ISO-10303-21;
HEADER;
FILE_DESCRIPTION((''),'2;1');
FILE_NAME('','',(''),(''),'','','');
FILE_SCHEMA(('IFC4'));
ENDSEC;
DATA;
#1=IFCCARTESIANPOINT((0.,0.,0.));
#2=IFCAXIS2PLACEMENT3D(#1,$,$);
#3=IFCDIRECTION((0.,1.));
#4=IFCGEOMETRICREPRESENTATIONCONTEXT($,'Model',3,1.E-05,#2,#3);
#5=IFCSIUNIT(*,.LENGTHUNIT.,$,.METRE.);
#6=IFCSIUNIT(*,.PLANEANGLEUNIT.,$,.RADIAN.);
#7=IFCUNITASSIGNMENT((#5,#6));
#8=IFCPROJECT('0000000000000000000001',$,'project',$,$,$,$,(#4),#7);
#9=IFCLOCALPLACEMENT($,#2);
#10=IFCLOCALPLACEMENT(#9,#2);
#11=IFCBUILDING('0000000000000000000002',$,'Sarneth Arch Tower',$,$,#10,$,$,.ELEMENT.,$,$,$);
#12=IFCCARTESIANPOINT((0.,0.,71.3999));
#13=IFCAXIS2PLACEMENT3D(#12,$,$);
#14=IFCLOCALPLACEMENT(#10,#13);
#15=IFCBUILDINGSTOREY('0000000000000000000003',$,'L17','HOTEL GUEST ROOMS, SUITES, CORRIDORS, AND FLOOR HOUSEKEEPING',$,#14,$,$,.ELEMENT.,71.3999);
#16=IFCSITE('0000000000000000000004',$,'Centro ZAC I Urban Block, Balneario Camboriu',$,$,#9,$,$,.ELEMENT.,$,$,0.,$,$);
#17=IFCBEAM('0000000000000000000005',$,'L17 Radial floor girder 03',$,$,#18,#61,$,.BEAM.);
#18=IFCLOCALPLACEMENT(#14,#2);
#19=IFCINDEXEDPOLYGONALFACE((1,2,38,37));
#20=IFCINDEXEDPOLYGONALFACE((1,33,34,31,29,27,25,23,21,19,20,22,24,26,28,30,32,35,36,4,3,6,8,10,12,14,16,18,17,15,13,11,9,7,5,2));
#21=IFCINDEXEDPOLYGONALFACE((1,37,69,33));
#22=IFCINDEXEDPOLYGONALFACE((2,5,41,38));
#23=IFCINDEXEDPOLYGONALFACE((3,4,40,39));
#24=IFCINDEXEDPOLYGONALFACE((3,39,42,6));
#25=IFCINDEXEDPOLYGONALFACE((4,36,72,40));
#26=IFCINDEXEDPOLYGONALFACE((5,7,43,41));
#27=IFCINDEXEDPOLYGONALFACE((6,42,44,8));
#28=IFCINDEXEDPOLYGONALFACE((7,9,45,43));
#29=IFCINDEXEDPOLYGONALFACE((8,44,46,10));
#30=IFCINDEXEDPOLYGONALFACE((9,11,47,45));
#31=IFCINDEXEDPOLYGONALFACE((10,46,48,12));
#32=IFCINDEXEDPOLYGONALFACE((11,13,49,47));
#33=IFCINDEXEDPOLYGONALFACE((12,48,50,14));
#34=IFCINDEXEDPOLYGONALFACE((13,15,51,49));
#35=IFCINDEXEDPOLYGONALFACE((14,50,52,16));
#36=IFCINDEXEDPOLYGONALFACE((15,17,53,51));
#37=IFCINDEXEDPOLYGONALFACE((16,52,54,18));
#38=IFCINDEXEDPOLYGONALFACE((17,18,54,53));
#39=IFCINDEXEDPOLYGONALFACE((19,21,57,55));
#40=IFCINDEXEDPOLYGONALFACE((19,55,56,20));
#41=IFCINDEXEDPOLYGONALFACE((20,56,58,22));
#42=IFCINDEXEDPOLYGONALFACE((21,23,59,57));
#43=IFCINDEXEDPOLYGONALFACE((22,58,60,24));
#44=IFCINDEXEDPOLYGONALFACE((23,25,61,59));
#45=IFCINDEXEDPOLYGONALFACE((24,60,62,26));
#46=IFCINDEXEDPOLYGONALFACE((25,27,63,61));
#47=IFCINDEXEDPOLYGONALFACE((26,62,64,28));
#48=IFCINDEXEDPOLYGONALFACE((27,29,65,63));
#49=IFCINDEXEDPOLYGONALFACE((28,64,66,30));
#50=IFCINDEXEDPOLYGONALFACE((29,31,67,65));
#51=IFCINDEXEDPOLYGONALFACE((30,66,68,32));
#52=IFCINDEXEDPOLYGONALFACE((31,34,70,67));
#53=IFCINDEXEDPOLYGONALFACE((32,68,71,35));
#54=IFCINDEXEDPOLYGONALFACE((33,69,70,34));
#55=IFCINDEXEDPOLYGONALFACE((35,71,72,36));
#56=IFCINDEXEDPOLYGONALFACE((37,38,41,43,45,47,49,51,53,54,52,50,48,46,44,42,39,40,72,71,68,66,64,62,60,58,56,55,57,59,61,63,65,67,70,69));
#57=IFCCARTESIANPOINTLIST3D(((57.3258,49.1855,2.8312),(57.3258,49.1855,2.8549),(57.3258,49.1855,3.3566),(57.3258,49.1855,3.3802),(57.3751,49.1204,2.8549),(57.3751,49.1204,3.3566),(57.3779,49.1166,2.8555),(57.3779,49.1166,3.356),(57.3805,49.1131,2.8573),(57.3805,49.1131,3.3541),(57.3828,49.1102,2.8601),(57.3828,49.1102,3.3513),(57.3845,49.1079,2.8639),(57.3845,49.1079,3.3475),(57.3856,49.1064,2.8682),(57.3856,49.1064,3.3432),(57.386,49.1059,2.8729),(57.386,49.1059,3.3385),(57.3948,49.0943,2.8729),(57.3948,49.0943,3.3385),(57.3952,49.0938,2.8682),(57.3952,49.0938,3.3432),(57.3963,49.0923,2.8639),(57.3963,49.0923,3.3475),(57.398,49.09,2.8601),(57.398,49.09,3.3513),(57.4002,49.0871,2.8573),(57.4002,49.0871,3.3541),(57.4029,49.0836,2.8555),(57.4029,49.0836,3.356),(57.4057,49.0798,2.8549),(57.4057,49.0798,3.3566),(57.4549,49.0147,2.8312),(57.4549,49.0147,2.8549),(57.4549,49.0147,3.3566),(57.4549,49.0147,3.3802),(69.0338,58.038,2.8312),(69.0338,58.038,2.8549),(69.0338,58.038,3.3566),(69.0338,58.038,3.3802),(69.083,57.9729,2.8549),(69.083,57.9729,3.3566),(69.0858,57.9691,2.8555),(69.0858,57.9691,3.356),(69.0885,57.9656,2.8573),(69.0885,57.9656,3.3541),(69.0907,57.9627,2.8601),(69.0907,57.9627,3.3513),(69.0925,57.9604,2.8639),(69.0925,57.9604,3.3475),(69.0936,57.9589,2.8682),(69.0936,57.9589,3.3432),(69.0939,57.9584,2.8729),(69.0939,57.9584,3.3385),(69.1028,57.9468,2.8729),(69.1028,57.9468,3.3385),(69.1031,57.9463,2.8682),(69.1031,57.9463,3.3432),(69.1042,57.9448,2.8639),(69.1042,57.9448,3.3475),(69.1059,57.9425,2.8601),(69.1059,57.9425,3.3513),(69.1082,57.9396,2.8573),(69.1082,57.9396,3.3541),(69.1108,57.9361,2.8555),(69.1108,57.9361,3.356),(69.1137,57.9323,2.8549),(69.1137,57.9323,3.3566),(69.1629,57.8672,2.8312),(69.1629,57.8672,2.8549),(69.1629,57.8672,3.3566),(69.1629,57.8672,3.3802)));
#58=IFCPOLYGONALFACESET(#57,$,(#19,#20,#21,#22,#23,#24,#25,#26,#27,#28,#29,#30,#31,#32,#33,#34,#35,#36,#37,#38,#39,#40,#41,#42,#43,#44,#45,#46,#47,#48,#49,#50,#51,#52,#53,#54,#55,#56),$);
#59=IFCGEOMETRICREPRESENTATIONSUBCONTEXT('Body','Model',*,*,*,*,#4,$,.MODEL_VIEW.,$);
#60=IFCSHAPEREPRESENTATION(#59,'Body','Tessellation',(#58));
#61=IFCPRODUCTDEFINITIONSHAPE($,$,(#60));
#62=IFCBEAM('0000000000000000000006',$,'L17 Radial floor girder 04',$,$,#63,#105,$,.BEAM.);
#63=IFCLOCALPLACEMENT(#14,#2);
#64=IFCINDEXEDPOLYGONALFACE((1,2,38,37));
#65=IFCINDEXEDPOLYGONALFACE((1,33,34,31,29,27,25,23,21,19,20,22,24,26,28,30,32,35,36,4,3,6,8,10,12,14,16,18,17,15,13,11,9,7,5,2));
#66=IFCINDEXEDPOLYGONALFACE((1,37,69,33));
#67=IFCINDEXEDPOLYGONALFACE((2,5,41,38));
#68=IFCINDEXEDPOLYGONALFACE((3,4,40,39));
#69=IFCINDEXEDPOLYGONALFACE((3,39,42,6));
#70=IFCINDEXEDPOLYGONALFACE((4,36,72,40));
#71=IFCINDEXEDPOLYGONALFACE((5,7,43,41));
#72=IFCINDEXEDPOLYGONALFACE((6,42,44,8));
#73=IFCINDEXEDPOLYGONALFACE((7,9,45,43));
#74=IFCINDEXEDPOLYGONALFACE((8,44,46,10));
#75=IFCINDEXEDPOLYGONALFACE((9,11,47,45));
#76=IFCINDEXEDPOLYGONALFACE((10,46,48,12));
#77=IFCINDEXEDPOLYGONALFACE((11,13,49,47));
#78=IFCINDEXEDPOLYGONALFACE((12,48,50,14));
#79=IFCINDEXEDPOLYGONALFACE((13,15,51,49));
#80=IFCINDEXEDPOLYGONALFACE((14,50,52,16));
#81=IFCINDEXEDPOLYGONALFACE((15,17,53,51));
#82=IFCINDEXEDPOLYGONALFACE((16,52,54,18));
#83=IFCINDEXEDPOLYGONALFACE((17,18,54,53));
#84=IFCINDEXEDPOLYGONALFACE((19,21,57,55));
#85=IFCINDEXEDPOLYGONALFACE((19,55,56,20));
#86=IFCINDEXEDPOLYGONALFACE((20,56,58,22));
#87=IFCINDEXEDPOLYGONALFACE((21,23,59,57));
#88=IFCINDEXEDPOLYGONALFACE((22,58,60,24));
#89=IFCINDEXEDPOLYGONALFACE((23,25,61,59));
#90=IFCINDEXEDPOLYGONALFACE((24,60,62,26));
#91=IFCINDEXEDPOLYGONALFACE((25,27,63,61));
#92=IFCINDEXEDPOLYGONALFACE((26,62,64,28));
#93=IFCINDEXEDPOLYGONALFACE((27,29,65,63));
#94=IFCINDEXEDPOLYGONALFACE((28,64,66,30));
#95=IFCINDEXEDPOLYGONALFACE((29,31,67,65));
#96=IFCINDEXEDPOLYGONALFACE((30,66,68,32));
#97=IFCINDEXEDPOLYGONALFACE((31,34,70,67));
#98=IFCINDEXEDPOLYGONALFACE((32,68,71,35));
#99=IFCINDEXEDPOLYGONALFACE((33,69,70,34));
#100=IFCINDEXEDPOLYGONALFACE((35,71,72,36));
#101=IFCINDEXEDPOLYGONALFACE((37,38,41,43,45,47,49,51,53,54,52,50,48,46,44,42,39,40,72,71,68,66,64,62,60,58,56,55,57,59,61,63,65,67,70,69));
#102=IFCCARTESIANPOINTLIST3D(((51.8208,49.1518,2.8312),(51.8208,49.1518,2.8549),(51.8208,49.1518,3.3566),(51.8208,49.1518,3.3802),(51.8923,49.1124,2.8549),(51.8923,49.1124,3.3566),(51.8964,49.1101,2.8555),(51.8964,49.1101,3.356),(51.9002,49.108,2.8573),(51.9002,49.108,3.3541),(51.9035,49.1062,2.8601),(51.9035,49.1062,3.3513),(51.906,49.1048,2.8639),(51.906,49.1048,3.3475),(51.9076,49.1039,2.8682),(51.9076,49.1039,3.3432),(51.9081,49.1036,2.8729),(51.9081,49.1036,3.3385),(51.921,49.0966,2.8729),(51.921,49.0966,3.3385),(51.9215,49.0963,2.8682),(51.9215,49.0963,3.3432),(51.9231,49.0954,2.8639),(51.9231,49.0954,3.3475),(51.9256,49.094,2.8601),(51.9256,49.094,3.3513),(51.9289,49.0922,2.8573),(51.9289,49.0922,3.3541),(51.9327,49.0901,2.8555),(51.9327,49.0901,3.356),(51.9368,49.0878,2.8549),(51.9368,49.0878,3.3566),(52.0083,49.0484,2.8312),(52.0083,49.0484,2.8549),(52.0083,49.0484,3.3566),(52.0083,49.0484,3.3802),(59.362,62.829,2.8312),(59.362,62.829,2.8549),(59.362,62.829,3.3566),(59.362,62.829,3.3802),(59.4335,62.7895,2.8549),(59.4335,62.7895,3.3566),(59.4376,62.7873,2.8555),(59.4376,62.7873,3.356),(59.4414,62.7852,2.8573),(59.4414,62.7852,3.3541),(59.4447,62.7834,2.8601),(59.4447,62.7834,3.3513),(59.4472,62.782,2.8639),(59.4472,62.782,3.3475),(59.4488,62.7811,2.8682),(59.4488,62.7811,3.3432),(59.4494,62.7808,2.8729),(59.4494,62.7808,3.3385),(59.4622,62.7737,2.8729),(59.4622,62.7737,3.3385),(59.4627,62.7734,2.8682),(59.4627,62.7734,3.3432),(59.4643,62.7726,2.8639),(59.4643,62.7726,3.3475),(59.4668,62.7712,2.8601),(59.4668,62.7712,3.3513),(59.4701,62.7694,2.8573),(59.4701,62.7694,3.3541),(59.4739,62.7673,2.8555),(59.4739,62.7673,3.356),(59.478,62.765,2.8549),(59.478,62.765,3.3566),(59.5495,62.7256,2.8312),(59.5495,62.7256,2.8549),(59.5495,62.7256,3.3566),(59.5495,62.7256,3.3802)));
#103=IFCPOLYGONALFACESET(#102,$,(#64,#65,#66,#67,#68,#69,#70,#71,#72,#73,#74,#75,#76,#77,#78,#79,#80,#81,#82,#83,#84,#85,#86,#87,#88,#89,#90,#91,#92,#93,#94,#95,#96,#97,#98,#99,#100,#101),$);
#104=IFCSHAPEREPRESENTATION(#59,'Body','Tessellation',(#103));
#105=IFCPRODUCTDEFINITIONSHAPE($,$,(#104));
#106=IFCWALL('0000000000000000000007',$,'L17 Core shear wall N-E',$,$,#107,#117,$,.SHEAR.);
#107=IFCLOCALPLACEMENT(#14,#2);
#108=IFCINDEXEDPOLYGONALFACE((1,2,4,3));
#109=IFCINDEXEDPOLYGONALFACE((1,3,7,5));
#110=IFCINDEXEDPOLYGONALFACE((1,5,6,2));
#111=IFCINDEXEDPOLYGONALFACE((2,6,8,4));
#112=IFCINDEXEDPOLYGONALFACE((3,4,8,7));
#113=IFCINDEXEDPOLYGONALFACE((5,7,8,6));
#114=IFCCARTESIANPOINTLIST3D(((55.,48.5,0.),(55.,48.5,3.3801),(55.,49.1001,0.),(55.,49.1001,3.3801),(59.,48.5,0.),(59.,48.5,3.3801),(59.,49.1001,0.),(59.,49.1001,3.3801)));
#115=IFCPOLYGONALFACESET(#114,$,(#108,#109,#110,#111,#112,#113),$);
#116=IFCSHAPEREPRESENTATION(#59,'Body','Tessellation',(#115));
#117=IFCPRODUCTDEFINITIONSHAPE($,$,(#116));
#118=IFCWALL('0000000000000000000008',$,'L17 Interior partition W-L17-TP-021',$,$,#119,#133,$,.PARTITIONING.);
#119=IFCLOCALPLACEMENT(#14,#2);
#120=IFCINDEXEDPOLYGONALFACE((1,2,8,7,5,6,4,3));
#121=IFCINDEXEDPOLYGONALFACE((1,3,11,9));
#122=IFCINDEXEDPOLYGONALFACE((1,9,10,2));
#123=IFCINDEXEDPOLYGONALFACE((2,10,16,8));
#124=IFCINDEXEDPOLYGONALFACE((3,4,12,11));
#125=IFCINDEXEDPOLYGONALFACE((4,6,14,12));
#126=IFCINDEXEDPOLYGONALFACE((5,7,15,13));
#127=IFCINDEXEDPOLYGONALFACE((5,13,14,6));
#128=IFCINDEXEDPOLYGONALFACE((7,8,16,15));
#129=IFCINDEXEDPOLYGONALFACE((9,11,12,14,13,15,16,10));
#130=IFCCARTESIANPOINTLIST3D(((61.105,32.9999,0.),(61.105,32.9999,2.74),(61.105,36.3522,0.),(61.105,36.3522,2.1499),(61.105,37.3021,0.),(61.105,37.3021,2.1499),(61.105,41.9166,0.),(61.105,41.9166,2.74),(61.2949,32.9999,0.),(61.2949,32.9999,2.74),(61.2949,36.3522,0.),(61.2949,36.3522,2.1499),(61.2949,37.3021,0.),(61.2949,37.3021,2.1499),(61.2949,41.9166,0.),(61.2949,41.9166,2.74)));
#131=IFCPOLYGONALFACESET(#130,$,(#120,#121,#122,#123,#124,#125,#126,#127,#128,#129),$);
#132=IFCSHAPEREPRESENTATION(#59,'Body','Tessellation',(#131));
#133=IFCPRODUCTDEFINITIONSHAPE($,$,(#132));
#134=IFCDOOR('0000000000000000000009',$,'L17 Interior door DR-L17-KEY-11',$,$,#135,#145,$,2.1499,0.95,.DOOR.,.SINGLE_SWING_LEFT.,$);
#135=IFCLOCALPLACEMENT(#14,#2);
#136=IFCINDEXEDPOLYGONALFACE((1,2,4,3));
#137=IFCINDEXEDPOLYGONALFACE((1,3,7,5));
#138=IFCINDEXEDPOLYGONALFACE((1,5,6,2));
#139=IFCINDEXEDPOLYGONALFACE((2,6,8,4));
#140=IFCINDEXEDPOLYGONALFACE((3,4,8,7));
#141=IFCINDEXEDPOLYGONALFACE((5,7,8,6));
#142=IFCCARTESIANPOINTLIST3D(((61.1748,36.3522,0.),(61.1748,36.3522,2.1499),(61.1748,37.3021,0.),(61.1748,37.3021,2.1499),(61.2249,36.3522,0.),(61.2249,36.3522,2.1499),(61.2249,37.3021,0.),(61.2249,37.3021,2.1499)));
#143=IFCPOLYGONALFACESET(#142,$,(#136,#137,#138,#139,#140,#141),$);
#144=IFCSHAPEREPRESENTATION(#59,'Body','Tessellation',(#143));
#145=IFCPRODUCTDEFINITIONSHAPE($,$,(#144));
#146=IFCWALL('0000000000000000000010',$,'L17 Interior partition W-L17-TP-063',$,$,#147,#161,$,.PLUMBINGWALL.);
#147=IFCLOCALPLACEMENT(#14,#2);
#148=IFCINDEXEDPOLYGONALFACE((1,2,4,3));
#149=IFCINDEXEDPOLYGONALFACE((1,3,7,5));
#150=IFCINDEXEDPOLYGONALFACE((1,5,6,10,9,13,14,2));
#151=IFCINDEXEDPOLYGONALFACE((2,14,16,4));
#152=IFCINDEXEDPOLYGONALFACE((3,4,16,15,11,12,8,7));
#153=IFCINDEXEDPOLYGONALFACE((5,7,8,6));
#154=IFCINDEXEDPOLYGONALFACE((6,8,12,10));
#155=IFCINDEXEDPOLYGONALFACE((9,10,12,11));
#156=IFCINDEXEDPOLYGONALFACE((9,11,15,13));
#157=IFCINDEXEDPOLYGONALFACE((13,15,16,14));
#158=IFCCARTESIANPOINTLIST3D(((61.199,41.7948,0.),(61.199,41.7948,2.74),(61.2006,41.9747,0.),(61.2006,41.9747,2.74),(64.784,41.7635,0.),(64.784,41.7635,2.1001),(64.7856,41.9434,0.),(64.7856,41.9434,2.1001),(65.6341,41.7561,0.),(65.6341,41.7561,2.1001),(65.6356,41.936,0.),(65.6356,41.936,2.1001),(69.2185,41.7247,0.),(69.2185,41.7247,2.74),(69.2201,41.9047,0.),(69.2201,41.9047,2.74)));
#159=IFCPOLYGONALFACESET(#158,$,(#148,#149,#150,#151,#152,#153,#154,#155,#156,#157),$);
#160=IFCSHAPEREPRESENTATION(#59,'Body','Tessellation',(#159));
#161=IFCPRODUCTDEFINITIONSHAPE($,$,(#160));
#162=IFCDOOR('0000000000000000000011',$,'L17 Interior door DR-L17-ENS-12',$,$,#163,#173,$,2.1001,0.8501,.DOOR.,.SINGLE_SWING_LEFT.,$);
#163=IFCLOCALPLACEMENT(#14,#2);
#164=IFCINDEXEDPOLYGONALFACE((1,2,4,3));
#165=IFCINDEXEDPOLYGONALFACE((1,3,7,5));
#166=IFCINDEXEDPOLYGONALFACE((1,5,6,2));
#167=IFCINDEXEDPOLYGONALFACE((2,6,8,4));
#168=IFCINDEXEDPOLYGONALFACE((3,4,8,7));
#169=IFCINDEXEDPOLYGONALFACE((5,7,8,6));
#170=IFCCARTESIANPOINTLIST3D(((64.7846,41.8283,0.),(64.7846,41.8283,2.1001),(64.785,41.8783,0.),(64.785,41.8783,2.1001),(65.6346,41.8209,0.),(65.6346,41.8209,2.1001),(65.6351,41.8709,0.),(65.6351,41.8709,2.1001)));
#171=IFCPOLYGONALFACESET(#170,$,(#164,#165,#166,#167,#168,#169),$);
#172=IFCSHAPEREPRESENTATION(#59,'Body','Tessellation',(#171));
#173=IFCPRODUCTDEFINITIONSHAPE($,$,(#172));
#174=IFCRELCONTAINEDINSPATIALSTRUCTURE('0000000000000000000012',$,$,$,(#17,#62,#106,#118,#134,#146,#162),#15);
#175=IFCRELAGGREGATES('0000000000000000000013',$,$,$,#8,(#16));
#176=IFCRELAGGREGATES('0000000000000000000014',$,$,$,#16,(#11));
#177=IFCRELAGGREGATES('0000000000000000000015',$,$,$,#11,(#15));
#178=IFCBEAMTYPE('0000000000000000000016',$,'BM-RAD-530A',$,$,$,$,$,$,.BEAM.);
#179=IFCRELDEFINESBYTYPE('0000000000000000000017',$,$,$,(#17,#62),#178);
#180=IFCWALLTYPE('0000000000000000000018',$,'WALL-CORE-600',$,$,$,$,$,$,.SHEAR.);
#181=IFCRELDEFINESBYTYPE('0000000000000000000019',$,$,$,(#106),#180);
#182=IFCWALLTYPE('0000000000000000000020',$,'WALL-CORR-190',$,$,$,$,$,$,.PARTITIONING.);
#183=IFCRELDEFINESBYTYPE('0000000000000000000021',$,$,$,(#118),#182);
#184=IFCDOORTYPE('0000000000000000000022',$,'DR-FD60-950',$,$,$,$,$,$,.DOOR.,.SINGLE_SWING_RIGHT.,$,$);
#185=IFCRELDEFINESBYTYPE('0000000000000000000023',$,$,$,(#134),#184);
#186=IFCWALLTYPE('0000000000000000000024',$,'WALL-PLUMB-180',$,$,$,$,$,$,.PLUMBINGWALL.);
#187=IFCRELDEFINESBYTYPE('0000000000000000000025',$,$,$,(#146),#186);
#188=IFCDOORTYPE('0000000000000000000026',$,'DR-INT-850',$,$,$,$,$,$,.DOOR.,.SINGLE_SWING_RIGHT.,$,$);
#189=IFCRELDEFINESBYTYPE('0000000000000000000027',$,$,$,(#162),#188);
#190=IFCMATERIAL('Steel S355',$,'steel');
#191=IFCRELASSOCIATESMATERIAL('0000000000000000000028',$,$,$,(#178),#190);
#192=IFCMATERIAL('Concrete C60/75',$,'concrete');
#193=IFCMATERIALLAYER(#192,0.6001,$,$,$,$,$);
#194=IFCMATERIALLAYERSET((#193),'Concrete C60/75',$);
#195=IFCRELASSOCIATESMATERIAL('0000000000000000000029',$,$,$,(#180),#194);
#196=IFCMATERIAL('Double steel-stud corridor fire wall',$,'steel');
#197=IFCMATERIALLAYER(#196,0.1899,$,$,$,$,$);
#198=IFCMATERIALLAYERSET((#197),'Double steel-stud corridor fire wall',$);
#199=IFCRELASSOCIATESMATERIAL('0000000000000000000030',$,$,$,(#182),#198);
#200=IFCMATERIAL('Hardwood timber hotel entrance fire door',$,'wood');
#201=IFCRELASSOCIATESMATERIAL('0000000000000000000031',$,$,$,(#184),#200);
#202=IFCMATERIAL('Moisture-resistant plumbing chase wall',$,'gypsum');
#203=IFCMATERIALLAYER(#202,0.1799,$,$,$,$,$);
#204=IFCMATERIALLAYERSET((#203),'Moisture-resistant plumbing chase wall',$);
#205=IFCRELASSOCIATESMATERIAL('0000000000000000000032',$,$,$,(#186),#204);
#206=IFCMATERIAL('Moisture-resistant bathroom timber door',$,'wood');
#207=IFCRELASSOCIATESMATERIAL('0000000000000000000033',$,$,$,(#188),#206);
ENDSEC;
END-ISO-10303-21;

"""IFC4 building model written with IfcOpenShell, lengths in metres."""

from ifc_helpers import new_model, si_unit, direction, frame, frame_2d, origin, origin_2d, place, context, subcontext, project, spatial, rectangle, i_section, extrude, material, layer, layer_set, material_profile, profile_set, type_object, element, fill, save


model = new_model("IFC4")

# Units and contexts
model_context = context("Model", 3, precision=1e-05, world=origin(), true_north=direction((0.0, 1.0)))
body_context = subcontext(model_context, "Body", "Model", "MODEL_VIEW")
ifc_project = project(units=[si_unit("LENGTHUNIT", "METRE"), si_unit("PLANEANGLEUNIT", "RADIAN")], contexts=[model_context])

# Site, building, storey
site_placement = place(None, origin())
site = spatial("IfcSite", under=ifc_project, at=site_placement, Name="Centro ZAC I Urban Block, Balneario Camboriu", CompositionType="ELEMENT", RefElevation=0.0)
building_placement = place(site_placement, origin())
building = spatial("IfcBuilding", under=site, at=building_placement, Name="Sarneth Arch Tower", CompositionType="ELEMENT")
storey_placement = place(building_placement, frame((0.0, 0.0, 71.3999)))
storey = spatial("IfcBuildingStorey", under=building, at=storey_placement, Name="L17", Description="HOTEL GUEST ROOMS, SUITES, CORRIDORS, AND FLOOR HOUSEKEEPING", CompositionType="ELEMENT", Elevation=71.3999)

# Beams
ifc_material_1 = material(Name="Steel S355", Category="steel")
ifc_material_profile_1 = material_profile(ifc_material_1, i_section(OverallWidth=0.2141, OverallDepth=0.5491, WebThickness=0.0146, FlangeThickness=0.0237, FilletRadius=0.0181, at=origin_2d()), Name="W530x138")
ifc_profile_set_1 = profile_set([ifc_material_profile_1], Name="Steel S355")
beam_type_1 = type_object("IfcBeamType", Name="BM-RAD-530A", PredefinedType="BEAM", material=ifc_profile_set_1)
beam_1_placement = place(storey_placement, frame((57.3904, 49.1001, 3.1057), z_axis=(0.797655, 0.603114, 0.0), x_axis=(-0.603114, 0.797655, 0.0)))
element("IfcBeam", 1, at=beam_1_placement, inside=storey, type_object=beam_type_1, Name="L17 Radial floor girder 03", PredefinedType="BEAM", context=body_context, shape_type="SweptSolid", body=[
    extrude(i_section(OverallWidth=0.2141, OverallDepth=0.5491, WebThickness=0.0146, FlangeThickness=0.0237, FilletRadius=0.0181, at=origin_2d()), origin(), (0.0, 0.0, 1.0), 14.678),
])
beam_2_placement = place(storey_placement, frame((51.9146, 49.1001, 3.1057), z_axis=(0.482841, 0.875708, 0.0), x_axis=(-0.875708, 0.482841, 0.0)))
element("IfcBeam", 2, at=beam_2_placement, inside=storey, type_object=beam_type_1, Name="L17 Radial floor girder 04", PredefinedType="BEAM", context=body_context, shape_type="SweptSolid", body=[
    extrude(i_section(OverallWidth=0.2141, OverallDepth=0.5491, WebThickness=0.0146, FlangeThickness=0.0237, FilletRadius=0.0181, at=origin_2d()), origin(), (0.0, 0.0, 1.0), 15.6184),
])

# Wall
ifc_material_2 = material(Name="Concrete C60/75", Category="concrete")
ifc_layer_1 = layer(ifc_material_2, 0.6001)
ifc_layer_set_1 = layer_set([ifc_layer_1], Name="Concrete C60/75")
wall_type_1 = type_object("IfcWallType", Name="WALL-CORE-600", PredefinedType="SHEAR", material=ifc_layer_set_1)
wall_1_placement = place(storey_placement, frame((55.0, 48.8, 0.0), z_axis=(0.0, 0.0, 1.0), x_axis=(1.0, 0.0, 0.0)))
element("IfcWall", 3, at=wall_1_placement, inside=storey, type_object=wall_type_1, Name="L17 Core shear wall N-E", PredefinedType="SHEAR", context=body_context, shape_type="SweptSolid", body=[
    extrude(rectangle(XDim=4.0, YDim=0.6001, at=frame_2d((2.0, 0.0))), origin(), (0.0, 0.0, 1.0), 3.3801),
])

# Walls, openings, doors
ifc_material_3 = material(Name="Double steel-stud corridor fire wall", Category="steel")
ifc_layer_2 = layer(ifc_material_3, 0.1899)
ifc_layer_set_2 = layer_set([ifc_layer_2], Name="Double steel-stud corridor fire wall")
wall_type_2 = type_object("IfcWallType", Name="WALL-CORR-190", PredefinedType="PARTITIONING", material=ifc_layer_set_2)
wall_2_placement = place(storey_placement, frame((61.2, 41.9167, 0.0), z_axis=(0.0, 0.0, 1.0), x_axis=(0.0, -1.0, 0.0)))
wall_2 = element("IfcWall", 4, at=wall_2_placement, inside=storey, type_object=wall_type_2, Name="L17 Interior partition W-L17-TP-021", PredefinedType="PARTITIONING", context=body_context, shape_type="SweptSolid", body=[
    extrude(rectangle(XDim=8.9167, YDim=0.1899, at=frame_2d((4.4585, 0.0))), origin(), (0.0, 0.0, 1.0), 2.74),
])
opening_1_placement = place(wall_2_placement, frame((4.6145, 0.0, 0.0)))
opening_1 = element("IfcOpeningElement", 5, at=opening_1_placement, cuts=wall_2, PredefinedType="OPENING", context=body_context, shape_type="SweptSolid", body=[
    extrude(rectangle(XDim=0.95, YDim=2.1499, at=frame_2d((0.4751, 1.075))), frame((0.0, 0.105, 0.0), z_axis=(0.0, -1.0, 0.0), x_axis=(1.0, 0.0, 0.0)), (0.0, 0.0, 1.0), 0.21),
])
ifc_material_4 = material(Name="Hardwood timber hotel entrance fire door", Category="wood")
door_type_1 = type_object("IfcDoorType", Name="DR-FD60-950", OperationType="SINGLE_SWING_RIGHT", PredefinedType="DOOR", material=ifc_material_4)
door_1_placement = place(opening_1_placement, origin())
door_1 = element("IfcDoor", 6, at=door_1_placement, inside=storey, type_object=door_type_1, Name="L17 Interior door DR-L17-KEY-11", OperationType="SINGLE_SWING_LEFT", OverallHeight=2.1499, OverallWidth=0.95, PredefinedType="DOOR", context=body_context, shape_type="SweptSolid", body=[
    extrude(rectangle(XDim=0.95, YDim=2.1499, at=frame_2d((0.4751, 1.075))), frame((0.0, 0.0249, 0.0), z_axis=(0.0, -1.0, 0.0), x_axis=(1.0, 0.0, 0.0)), (0.0, 0.0, 1.0), 0.05),
])
fill(opening_1, door_1)
ifc_material_5 = material(Name="Moisture-resistant plumbing chase wall", Category="gypsum")
ifc_layer_3 = layer(ifc_material_5, 0.1799)
ifc_layer_set_3 = layer_set([ifc_layer_3], Name="Moisture-resistant plumbing chase wall")
wall_type_3 = type_object("IfcWallType", Name="WALL-PLUMB-180", PredefinedType="PLUMBINGWALL", material=ifc_layer_set_3)
wall_3_placement = place(storey_placement, frame((61.2, 41.8848, 0.0), z_axis=(0.0, 0.0, 1.0), x_axis=(0.999962, -0.008737, 0.0)))
wall_3 = element("IfcWall", 7, at=wall_3_placement, inside=storey, type_object=wall_type_3, Name="L17 Interior partition W-L17-TP-063", PredefinedType="PLUMBINGWALL", context=body_context, shape_type="SweptSolid", body=[
    extrude(rectangle(XDim=8.0198, YDim=0.1799, at=frame_2d((4.0098, 0.0))), origin(), (0.0, 0.0, 1.0), 2.74),
])
opening_2_placement = place(wall_3_placement, frame((3.585, 0.0, 0.0)))
opening_2 = element("IfcOpeningElement", 8, at=opening_2_placement, cuts=wall_3, PredefinedType="OPENING", context=body_context, shape_type="SweptSolid", body=[
    extrude(rectangle(XDim=0.8501, YDim=2.1001, at=frame_2d((0.425, 1.05))), frame((0.0, 0.0999, 0.0), z_axis=(0.0, -1.0, 0.0), x_axis=(1.0, 0.0, 0.0)), (0.0, 0.0, 1.0), 0.2),
])
ifc_material_6 = material(Name="Moisture-resistant bathroom timber door", Category="wood")
door_type_2 = type_object("IfcDoorType", Name="DR-INT-850", OperationType="SINGLE_SWING_RIGHT", PredefinedType="DOOR", material=ifc_material_6)
door_2_placement = place(opening_2_placement, origin())
door_2 = element("IfcDoor", 9, at=door_2_placement, inside=storey, type_object=door_type_2, Name="L17 Interior door DR-L17-ENS-12", OperationType="SINGLE_SWING_LEFT", OverallHeight=2.1001, OverallWidth=0.8501, PredefinedType="DOOR", context=body_context, shape_type="SweptSolid", body=[
    extrude(rectangle(XDim=0.8501, YDim=2.1001, at=frame_2d((0.425, 1.05))), frame((0.0, 0.0249, 0.0), z_axis=(0.0, -1.0, 0.0), x_axis=(1.0, 0.0, 0.0)), (0.0, 0.0, 1.0), 0.05),
])
fill(opening_2, door_2)

save(model, "model.ifc")
